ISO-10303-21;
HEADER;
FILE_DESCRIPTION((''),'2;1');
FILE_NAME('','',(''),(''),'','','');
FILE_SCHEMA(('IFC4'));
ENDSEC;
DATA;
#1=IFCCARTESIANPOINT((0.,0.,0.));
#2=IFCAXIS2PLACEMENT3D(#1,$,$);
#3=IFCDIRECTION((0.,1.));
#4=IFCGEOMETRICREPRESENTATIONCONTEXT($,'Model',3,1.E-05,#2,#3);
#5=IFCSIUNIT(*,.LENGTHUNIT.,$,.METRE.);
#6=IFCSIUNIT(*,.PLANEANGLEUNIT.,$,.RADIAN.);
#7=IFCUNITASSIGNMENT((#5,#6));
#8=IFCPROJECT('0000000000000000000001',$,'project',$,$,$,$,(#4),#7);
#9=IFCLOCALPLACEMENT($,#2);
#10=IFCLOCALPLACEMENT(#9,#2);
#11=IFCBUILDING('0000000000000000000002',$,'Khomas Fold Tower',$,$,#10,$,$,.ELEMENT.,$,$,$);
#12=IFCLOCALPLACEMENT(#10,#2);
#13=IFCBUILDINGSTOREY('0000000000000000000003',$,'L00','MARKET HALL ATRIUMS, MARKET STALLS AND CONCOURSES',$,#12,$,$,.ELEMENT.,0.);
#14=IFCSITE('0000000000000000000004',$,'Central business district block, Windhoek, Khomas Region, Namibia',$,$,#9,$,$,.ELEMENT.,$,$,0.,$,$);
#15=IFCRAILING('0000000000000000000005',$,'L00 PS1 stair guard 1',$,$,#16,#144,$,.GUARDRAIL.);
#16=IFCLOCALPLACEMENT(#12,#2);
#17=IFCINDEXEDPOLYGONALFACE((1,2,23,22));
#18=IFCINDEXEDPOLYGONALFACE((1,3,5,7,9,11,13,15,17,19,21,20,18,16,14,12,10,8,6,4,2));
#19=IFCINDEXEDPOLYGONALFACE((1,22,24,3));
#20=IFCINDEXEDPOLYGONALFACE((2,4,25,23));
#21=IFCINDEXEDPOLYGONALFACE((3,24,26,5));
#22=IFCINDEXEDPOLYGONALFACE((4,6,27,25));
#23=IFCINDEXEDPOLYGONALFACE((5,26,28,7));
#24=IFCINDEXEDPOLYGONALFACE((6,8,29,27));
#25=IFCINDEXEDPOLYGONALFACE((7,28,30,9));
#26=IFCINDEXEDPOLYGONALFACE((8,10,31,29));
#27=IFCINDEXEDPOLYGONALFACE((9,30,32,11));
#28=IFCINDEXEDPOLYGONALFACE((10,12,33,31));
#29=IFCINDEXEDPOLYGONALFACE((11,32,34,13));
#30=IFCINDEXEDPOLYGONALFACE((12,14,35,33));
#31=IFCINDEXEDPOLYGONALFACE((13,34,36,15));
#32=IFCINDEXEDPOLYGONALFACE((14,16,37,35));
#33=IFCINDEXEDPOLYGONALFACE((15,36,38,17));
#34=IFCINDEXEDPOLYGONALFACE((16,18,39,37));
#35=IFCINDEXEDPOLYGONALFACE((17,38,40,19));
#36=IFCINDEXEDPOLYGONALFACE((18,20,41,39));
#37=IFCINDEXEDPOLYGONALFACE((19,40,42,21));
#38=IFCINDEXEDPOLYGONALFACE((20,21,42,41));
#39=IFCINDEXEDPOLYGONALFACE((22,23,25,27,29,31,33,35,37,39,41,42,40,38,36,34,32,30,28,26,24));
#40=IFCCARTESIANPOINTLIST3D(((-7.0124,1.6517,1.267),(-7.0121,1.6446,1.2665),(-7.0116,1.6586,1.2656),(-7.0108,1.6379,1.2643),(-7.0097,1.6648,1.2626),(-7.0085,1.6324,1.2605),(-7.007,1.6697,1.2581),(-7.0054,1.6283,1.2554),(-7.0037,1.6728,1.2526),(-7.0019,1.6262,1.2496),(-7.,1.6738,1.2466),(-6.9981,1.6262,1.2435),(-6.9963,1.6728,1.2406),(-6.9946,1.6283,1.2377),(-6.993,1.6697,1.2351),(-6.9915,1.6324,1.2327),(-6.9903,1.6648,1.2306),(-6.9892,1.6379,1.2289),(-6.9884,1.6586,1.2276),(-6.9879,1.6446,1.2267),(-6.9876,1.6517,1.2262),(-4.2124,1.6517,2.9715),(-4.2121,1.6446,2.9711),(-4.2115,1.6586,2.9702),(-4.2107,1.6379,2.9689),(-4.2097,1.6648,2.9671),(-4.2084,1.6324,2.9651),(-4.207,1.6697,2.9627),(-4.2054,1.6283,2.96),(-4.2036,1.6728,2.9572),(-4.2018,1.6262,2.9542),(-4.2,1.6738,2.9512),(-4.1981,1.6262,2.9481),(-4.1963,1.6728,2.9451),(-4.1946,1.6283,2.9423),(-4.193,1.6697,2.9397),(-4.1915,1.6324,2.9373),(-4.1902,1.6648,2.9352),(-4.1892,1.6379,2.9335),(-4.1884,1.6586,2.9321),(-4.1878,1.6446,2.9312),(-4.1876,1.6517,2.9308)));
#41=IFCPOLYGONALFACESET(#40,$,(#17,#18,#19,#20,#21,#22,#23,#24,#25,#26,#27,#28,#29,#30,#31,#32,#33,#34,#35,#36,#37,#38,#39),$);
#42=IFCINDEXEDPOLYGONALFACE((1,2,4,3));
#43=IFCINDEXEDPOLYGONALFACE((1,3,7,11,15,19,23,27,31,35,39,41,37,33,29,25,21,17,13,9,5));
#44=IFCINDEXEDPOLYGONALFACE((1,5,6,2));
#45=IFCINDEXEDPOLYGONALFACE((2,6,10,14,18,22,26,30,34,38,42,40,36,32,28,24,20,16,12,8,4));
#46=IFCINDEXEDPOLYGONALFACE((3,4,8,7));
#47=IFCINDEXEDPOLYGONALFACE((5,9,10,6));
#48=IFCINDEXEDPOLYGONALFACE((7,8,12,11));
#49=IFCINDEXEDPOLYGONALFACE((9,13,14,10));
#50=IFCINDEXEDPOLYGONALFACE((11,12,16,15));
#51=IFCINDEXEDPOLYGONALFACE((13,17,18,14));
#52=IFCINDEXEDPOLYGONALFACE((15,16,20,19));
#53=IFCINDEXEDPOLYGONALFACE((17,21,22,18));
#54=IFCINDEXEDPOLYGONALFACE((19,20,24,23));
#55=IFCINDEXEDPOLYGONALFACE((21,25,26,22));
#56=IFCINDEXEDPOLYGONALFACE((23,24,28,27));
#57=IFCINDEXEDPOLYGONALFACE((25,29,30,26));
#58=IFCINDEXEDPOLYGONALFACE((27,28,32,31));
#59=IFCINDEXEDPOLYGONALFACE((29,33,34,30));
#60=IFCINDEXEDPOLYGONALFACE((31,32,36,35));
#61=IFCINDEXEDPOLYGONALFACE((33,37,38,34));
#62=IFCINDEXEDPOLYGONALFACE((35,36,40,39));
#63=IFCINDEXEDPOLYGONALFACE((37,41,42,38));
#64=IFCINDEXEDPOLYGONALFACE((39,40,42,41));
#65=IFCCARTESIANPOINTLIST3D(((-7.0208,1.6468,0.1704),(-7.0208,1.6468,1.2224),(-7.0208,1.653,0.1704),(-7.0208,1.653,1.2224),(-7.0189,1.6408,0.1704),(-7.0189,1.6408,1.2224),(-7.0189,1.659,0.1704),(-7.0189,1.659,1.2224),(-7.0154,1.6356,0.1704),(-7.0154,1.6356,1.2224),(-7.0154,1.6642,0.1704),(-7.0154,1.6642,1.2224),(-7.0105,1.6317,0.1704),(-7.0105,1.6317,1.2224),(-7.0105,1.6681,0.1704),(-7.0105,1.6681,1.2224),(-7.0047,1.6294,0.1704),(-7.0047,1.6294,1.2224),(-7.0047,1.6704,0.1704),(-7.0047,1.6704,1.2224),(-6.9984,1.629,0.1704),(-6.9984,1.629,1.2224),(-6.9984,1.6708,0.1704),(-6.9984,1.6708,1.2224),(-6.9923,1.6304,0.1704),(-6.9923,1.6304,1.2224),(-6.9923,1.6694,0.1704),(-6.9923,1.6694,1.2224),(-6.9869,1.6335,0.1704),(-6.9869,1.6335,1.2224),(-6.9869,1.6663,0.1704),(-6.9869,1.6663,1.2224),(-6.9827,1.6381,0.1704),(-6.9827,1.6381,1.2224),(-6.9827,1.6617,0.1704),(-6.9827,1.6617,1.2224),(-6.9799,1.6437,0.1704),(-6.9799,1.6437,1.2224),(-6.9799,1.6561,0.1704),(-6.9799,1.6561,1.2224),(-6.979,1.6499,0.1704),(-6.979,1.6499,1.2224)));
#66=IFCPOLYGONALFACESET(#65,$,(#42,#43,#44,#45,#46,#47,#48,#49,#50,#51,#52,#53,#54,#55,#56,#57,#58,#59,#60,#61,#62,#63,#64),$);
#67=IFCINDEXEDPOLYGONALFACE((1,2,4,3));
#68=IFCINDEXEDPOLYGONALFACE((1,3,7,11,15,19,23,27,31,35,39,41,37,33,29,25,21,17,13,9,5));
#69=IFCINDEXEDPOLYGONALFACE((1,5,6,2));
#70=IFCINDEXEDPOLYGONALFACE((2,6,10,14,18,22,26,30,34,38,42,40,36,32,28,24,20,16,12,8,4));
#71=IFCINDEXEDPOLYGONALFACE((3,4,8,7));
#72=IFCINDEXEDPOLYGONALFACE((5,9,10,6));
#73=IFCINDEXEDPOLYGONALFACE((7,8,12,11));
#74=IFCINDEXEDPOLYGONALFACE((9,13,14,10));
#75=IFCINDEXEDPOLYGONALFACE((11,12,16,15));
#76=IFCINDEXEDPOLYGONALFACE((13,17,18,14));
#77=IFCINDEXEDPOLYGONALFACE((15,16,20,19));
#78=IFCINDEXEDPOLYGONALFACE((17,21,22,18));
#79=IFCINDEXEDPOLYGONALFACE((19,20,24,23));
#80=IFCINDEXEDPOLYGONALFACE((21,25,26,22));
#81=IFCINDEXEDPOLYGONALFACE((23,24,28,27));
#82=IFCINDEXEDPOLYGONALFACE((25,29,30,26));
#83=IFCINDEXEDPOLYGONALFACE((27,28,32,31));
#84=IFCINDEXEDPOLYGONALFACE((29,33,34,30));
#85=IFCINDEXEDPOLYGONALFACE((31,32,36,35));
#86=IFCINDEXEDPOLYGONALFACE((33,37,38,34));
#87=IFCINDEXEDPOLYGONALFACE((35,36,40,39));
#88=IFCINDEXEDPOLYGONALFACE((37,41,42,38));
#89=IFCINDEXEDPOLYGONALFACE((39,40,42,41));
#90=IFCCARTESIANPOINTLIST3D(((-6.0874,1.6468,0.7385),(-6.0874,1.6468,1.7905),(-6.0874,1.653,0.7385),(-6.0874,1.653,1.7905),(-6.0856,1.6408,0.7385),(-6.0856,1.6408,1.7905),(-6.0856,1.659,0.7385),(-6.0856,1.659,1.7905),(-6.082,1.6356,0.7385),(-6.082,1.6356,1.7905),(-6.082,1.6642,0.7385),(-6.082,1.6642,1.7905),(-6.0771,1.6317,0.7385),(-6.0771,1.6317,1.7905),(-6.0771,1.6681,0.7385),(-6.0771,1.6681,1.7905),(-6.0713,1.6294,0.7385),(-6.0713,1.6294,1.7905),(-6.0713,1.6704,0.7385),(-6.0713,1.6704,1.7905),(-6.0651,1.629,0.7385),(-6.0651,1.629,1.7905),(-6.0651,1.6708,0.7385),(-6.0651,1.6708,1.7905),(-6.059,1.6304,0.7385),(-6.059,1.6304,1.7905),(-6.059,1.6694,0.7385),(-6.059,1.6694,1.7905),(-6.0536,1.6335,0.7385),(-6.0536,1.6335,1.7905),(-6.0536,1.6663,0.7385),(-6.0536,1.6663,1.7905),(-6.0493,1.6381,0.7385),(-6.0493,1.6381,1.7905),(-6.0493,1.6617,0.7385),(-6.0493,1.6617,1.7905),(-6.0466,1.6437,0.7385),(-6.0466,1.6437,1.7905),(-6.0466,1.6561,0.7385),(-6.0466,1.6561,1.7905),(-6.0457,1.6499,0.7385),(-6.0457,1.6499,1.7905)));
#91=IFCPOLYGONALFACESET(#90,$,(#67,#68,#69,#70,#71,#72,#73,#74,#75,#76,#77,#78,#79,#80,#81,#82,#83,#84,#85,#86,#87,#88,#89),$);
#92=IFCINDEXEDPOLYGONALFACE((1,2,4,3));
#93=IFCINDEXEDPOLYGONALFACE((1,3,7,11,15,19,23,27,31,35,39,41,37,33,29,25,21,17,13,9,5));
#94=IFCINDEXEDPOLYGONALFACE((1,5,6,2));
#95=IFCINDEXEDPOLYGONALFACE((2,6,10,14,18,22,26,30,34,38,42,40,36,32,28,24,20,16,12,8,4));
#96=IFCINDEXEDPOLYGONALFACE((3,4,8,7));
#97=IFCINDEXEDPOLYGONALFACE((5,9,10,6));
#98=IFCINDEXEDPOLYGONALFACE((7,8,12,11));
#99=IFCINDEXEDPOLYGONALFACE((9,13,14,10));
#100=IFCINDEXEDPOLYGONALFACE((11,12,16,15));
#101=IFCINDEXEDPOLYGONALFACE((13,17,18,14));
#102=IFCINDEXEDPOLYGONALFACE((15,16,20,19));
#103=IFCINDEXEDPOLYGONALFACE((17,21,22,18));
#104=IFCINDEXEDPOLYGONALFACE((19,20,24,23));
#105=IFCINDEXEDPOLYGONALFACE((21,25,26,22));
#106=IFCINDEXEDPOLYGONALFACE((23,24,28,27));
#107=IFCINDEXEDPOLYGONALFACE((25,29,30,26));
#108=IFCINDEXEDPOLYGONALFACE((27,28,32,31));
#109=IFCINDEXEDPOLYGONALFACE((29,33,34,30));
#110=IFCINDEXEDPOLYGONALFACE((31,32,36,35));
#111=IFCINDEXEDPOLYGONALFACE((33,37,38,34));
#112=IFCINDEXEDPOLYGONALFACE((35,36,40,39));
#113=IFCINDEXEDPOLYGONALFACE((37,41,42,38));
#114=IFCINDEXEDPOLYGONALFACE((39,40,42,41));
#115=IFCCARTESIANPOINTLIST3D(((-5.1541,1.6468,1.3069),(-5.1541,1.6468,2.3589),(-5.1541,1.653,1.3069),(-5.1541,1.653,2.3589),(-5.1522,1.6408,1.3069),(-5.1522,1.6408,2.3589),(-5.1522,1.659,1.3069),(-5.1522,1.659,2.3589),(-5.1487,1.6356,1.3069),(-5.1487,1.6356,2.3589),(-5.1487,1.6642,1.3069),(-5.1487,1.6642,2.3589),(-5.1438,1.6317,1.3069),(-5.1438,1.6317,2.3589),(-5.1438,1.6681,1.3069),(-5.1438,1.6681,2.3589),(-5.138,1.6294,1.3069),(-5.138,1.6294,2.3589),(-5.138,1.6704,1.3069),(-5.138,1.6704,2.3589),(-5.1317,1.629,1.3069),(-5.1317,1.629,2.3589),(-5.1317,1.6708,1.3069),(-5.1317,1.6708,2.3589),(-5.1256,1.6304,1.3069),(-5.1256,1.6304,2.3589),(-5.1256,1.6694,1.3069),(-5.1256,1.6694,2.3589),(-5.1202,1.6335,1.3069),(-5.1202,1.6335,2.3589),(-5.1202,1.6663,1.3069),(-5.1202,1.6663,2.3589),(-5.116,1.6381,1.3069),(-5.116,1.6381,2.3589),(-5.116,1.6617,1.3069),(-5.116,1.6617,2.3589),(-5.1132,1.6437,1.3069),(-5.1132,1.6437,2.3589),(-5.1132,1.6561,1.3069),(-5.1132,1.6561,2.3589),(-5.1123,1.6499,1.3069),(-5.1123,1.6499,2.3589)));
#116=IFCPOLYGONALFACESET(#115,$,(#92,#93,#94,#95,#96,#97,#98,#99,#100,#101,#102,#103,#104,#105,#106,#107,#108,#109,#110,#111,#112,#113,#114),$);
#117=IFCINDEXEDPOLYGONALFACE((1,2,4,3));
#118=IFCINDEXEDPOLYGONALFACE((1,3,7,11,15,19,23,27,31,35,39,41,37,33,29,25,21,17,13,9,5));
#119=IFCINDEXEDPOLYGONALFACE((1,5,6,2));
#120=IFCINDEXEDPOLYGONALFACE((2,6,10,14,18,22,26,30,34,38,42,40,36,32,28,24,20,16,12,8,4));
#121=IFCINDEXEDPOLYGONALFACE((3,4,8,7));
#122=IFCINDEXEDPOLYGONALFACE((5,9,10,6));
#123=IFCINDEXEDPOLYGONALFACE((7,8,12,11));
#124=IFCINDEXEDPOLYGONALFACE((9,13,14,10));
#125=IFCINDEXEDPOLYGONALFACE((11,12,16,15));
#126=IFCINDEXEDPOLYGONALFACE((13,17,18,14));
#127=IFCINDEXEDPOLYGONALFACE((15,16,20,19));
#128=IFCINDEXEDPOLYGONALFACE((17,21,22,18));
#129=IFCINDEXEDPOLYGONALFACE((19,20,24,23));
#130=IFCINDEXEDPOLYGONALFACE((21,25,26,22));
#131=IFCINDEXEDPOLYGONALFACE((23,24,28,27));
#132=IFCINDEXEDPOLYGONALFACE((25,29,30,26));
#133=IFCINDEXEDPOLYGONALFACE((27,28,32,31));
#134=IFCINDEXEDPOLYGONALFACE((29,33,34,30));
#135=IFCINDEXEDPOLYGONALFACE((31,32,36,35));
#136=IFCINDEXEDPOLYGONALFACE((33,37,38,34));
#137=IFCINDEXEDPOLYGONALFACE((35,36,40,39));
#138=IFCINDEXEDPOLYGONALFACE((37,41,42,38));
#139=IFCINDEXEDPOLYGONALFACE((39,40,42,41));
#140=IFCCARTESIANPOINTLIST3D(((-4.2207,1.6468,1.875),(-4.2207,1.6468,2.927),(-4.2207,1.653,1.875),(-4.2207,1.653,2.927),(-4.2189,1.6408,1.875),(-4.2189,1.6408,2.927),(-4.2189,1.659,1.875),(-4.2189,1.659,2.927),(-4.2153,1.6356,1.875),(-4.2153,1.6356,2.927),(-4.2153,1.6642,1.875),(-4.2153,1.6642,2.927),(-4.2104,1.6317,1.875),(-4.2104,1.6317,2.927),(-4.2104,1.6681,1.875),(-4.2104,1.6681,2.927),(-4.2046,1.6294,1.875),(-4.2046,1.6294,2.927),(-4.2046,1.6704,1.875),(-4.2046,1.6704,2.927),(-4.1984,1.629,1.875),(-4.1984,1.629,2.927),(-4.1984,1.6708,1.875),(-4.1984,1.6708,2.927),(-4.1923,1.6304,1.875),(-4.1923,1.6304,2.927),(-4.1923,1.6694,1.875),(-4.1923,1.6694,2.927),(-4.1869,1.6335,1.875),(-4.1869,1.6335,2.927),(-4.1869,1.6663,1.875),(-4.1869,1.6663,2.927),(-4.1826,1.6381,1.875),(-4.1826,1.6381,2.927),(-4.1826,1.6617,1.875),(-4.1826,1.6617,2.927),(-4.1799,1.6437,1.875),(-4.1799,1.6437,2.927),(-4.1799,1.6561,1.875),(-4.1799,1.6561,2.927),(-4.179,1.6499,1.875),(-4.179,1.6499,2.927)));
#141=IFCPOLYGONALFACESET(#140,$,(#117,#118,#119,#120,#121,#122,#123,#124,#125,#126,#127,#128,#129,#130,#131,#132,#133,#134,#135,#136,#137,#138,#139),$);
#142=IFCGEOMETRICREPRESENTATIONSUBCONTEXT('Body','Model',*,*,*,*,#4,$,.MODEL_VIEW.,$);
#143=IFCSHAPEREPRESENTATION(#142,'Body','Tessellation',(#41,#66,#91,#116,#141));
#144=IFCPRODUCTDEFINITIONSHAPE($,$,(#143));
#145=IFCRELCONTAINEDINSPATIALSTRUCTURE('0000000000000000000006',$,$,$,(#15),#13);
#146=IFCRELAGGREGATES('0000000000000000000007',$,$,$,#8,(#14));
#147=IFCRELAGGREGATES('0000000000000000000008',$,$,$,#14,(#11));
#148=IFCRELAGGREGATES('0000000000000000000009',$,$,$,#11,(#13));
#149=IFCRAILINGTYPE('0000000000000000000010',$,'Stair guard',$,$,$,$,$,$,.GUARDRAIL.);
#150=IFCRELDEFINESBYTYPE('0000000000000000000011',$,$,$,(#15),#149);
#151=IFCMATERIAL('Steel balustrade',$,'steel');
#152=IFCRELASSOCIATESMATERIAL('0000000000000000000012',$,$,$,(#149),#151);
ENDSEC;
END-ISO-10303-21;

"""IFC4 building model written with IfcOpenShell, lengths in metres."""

from ifc_helpers import new_model, si_unit, direction, frame, origin, origin_2d, place, context, subcontext, project, spatial, circle, extrude, source, transform, mapped, material, type_object, element, save


model = new_model("IFC4")

# Units and contexts
model_context = context("Model", 3, precision=1e-05, world=origin(), true_north=direction((0.0, 1.0)))
body_context = subcontext(model_context, "Body", "Model", "MODEL_VIEW")
ifc_project = project(units=[si_unit("LENGTHUNIT", "METRE"), si_unit("PLANEANGLEUNIT", "RADIAN")], contexts=[model_context])

# Site, building, storey
site_placement = place(None, origin())
site = spatial("IfcSite", under=ifc_project, at=site_placement, Name="Central business district block, Windhoek, Khomas Region, Namibia", CompositionType="ELEMENT", RefElevation=0.0)
building_placement = place(site_placement, origin())
building = spatial("IfcBuilding", under=site, at=building_placement, Name="Khomas Fold Tower", CompositionType="ELEMENT")
storey_placement = place(building_placement, origin())
storey = spatial("IfcBuildingStorey", under=building, at=storey_placement, Name="L00", Description="MARKET HALL ATRIUMS, MARKET STALLS AND CONCOURSES", CompositionType="ELEMENT", Elevation=0.0)

# Railing
ifc_material_1 = material(Name="Steel balustrade", Category="steel")
railing_type_1 = type_object("IfcRailingType", Name="Stair guard", PredefinedType="GUARDRAIL", material=ifc_material_1)
shared_shape_1 = source(origin(), body_context, "Body", "SweptSolid", [
    extrude(circle(Radius=0.0239, at=origin_2d()), frame((0.0, 0.0, 1.0762), z_axis=(0.85417, 0.0, 0.519994), x_axis=(0.0, 1.0, 0.0)), (0.0, 0.0, 1.0), 3.2781),
    extrude(circle(Radius=0.021, at=origin_2d()), origin(), (0.0, 0.0, 1.0), 1.052),
    extrude(circle(Radius=0.021, at=origin_2d()), frame((0.9333, 0.0, 0.5681)), (0.0, 0.0, 1.0), 1.052),
    extrude(circle(Radius=0.021, at=origin_2d()), frame((1.8667, 0.0, 1.1365)), (0.0, 0.0, 1.0), 1.052),
    extrude(circle(Radius=0.021, at=origin_2d()), frame((2.8, 0.0, 1.7046)), (0.0, 0.0, 1.0), 1.052),
])
for number, where, name in (
    (1, (-7.0, 1.6499, 0.1704), "L00 PS1 stair guard 1"),
):
    element("IfcRailing", number, at=place(storey_placement, frame(where)), inside=storey, type_object=railing_type_1, Name=name, PredefinedType="GUARDRAIL", context=body_context, shape_type="MappedRepresentation", body=[
        mapped(shared_shape_1, transform((0.0, 0.0, 0.0))),
    ])

save(model, "model.ifc")
